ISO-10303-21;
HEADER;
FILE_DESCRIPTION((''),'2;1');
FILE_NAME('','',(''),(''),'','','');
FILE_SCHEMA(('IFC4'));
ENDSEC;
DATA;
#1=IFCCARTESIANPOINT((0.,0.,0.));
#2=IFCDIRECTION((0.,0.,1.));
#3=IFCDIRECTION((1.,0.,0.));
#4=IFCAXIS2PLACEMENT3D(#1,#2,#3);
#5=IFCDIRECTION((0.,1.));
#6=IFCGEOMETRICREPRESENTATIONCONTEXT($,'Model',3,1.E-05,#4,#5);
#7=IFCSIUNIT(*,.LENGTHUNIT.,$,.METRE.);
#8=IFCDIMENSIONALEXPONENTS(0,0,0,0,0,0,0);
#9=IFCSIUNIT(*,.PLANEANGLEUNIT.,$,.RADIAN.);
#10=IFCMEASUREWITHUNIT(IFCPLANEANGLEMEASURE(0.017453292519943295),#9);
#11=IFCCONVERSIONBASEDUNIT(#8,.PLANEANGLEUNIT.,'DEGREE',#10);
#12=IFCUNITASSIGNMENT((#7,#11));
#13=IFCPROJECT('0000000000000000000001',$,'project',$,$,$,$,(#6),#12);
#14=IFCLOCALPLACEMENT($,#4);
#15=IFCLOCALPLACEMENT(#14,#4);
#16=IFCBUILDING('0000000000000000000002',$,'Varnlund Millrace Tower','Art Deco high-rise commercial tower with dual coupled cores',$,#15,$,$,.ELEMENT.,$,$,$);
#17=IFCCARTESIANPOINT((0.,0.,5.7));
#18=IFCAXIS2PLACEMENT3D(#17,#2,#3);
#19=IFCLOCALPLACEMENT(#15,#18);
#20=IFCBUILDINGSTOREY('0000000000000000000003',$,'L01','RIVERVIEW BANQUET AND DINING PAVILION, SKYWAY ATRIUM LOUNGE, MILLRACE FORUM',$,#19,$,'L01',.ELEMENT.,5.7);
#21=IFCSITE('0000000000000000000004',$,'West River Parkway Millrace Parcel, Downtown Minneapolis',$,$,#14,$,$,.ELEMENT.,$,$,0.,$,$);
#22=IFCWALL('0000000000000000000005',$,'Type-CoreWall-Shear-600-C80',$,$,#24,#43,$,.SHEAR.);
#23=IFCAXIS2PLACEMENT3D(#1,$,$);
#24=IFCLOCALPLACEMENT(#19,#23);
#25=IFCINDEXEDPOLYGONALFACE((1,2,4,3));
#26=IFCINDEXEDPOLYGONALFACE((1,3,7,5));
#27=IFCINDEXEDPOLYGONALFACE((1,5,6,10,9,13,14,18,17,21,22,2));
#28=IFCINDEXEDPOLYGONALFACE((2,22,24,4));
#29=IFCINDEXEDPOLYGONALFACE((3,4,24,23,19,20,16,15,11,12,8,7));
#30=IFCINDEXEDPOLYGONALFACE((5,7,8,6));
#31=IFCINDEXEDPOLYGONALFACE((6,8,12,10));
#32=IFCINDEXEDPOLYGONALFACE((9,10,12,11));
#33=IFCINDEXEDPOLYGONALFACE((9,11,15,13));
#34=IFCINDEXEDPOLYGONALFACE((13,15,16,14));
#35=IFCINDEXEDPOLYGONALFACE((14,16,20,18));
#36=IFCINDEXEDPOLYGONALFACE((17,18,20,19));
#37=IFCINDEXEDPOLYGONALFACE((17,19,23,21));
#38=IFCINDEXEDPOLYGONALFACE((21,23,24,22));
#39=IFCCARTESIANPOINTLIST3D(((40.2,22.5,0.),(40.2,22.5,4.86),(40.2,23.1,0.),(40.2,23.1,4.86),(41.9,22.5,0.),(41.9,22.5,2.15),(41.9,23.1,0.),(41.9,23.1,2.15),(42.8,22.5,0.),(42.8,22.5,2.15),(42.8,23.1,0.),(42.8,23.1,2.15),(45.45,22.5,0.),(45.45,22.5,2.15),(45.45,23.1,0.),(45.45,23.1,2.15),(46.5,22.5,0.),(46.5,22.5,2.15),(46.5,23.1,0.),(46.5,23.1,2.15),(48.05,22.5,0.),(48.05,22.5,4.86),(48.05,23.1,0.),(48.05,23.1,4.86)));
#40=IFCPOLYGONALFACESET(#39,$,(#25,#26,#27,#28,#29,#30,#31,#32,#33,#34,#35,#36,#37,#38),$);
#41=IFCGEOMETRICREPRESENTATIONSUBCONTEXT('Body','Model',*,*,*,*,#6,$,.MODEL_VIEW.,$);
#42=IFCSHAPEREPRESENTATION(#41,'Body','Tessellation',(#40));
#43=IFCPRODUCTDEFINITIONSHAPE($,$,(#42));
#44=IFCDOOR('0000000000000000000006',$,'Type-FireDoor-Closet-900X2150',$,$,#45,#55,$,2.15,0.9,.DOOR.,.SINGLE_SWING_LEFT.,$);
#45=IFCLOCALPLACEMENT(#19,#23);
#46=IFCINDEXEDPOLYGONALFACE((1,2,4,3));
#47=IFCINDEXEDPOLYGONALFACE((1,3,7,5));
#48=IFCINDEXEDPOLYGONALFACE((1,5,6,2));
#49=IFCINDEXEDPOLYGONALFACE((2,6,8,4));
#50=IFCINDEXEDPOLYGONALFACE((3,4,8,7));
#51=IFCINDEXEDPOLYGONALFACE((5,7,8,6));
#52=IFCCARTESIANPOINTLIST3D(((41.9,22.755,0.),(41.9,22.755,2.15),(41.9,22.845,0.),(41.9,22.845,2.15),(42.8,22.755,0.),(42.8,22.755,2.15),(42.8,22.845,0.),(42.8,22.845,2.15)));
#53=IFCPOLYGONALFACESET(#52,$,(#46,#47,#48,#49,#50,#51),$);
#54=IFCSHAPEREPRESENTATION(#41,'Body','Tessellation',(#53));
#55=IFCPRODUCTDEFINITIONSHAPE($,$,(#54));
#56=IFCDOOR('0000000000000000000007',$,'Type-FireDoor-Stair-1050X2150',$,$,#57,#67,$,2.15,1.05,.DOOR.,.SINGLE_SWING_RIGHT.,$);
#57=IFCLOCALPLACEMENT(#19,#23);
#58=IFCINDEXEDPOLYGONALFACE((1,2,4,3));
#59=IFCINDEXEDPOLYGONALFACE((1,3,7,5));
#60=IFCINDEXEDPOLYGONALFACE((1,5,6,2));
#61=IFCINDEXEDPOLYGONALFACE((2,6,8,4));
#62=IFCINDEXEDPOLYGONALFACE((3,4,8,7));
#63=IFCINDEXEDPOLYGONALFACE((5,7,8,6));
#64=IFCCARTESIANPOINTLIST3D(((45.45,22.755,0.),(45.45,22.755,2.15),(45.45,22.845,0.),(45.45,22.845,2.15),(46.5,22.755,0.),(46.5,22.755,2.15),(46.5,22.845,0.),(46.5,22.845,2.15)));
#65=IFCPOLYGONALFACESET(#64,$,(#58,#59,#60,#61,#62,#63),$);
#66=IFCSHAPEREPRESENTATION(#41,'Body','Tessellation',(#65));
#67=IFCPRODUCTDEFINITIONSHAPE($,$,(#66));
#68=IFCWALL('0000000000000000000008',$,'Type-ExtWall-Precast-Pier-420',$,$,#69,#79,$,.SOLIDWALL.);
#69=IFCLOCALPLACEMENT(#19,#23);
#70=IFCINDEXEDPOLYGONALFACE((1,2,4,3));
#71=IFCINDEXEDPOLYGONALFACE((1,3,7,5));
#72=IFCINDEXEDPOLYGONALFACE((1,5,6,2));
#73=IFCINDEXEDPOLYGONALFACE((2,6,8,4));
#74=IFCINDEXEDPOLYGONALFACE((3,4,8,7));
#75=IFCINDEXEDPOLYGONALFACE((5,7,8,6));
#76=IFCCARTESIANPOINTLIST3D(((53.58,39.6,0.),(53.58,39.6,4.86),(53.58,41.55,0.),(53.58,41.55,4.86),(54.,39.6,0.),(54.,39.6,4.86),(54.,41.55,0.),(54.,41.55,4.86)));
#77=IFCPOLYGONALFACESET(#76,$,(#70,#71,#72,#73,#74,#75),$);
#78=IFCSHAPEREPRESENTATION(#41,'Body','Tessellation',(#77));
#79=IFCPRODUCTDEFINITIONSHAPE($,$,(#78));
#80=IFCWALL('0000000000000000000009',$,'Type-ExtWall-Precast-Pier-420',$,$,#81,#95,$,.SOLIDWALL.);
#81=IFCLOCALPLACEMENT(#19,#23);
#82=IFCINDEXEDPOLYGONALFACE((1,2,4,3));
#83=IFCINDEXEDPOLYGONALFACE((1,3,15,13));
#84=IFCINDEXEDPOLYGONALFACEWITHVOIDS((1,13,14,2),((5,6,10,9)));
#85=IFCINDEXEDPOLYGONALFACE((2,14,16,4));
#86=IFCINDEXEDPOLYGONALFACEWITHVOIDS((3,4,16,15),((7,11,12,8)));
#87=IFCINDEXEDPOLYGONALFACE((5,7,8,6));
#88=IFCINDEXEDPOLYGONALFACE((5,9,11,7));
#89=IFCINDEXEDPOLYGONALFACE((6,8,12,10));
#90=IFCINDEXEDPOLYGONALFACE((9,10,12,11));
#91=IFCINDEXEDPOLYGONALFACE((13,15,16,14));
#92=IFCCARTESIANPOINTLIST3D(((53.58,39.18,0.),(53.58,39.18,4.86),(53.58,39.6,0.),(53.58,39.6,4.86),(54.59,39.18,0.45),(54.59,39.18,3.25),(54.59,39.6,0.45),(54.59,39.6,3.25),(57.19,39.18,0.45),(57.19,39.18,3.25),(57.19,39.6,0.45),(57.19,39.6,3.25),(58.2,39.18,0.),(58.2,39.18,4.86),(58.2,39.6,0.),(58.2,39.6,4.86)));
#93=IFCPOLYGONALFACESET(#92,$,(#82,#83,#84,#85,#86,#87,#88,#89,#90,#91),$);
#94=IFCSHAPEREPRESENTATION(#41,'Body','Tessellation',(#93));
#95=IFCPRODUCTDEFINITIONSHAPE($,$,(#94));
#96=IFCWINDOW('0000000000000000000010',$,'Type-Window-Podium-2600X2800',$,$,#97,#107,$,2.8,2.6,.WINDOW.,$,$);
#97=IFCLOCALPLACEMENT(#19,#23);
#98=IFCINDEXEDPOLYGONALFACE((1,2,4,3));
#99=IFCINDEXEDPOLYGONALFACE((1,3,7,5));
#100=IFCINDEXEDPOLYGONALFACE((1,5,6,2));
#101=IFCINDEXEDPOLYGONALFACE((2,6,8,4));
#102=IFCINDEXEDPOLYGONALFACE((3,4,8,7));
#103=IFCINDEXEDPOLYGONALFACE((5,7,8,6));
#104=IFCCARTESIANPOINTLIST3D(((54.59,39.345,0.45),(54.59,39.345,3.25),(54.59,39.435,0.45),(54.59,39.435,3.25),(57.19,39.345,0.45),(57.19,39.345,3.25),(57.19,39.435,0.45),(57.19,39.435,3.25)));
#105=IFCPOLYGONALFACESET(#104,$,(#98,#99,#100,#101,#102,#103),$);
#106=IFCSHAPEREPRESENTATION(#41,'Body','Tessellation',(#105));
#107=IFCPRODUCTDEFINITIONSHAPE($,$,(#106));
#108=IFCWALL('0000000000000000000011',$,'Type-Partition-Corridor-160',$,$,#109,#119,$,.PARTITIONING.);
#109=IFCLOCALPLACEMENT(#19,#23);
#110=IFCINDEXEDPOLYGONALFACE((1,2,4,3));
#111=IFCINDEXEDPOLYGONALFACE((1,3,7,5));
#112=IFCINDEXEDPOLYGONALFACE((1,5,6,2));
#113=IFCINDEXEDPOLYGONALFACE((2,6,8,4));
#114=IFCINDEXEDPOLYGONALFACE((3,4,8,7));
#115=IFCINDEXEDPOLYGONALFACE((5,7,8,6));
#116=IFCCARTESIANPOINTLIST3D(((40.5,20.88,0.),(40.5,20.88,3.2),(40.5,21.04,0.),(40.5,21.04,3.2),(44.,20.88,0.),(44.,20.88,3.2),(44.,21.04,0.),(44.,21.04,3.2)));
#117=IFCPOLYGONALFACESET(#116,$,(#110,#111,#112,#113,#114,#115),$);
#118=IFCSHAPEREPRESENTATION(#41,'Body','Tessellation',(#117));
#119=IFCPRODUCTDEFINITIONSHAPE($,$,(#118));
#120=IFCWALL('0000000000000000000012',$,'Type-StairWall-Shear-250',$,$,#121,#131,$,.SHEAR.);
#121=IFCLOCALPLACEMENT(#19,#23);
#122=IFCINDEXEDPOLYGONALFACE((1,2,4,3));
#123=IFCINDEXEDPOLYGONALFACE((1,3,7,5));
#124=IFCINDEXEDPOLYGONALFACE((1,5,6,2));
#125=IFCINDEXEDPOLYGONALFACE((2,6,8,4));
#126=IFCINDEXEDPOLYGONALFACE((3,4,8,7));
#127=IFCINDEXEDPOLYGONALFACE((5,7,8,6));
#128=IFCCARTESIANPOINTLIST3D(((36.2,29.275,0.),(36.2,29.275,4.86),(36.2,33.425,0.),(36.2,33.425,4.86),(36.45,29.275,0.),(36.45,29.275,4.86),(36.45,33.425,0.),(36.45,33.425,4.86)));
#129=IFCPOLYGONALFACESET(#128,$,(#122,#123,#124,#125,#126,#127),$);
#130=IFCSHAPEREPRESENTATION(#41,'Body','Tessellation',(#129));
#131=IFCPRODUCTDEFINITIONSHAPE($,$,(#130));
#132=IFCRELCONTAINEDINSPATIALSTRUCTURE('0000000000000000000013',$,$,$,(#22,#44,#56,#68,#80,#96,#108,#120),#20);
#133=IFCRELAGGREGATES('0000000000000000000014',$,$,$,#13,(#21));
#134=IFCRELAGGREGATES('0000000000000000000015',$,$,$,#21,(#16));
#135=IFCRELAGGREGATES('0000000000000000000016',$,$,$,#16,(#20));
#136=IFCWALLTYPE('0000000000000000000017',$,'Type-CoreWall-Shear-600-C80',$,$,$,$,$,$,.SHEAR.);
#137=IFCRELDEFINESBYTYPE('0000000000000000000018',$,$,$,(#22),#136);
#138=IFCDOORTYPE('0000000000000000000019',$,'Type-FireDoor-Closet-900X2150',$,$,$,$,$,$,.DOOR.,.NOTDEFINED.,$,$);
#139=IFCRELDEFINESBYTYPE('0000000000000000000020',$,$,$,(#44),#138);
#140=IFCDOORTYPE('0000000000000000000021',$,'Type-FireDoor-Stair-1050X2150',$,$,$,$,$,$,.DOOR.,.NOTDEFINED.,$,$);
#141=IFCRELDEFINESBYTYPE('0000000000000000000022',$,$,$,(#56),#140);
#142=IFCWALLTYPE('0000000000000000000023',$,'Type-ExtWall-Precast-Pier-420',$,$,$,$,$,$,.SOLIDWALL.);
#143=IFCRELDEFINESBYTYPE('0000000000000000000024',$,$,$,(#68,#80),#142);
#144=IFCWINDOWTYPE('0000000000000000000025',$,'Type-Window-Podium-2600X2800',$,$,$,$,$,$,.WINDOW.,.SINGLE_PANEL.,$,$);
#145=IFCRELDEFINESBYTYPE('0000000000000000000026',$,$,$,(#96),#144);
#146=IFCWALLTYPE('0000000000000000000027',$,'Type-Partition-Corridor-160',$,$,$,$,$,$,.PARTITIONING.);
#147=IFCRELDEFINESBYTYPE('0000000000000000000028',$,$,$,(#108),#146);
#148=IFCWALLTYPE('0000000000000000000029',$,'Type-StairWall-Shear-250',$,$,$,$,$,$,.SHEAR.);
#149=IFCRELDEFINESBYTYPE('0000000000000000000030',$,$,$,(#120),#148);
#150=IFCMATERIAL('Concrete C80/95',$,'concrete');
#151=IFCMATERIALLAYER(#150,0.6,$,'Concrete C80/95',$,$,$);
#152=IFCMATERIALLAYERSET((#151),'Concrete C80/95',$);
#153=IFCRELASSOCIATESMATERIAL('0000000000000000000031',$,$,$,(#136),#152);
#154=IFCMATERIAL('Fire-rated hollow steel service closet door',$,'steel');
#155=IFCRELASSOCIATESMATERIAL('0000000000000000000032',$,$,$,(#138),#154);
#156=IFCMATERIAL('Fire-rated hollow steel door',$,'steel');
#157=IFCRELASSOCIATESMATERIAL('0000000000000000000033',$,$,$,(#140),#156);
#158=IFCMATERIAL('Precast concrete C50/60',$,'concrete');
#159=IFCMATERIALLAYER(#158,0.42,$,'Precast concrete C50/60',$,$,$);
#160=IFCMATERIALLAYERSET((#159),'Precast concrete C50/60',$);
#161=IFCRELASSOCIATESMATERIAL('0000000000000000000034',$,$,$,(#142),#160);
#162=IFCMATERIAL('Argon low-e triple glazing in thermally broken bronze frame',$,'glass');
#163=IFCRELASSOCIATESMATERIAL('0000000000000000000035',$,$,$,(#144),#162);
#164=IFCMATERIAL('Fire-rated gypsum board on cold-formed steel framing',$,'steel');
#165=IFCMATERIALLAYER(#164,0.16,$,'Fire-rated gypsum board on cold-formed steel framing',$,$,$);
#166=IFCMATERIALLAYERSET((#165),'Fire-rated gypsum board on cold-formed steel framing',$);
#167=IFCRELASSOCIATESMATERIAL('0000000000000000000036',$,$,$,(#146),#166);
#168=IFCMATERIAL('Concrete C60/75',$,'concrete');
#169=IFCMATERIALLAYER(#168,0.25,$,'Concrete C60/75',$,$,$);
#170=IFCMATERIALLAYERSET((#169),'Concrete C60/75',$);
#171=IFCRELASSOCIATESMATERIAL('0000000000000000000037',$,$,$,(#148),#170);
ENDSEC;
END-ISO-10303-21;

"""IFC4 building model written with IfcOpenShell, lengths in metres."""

from ifc_helpers import new_model, entity, si_unit, converted_unit, direction, frame, origin_with_axes, origin_2d_with_axis, place, context, subcontext, project, spatial, polyline, rectangle, outline, extrude, material, layer, layer_set, type_object, element, fill, save


model = new_model("IFC4")

# Units and contexts
model_context = context("Model", 3, precision=1e-05, world=origin_with_axes(), true_north=direction((0.0, 1.0)))
body_context = subcontext(model_context, "Body", "Model", "MODEL_VIEW")
ifc_project = project(units=[si_unit("LENGTHUNIT", "METRE"), converted_unit("PLANEANGLEUNIT", "DEGREE", entity("IfcPlaneAngleMeasure", 0.017453292519943295), si_unit("PLANEANGLEUNIT", "RADIAN"), dimensions=[0, 0, 0, 0, 0, 0, 0])], contexts=[model_context])

# Site, building, storey
site_placement = place(None, origin_with_axes())
site = spatial("IfcSite", under=ifc_project, at=site_placement, Name="West River Parkway Millrace Parcel, Downtown Minneapolis", CompositionType="ELEMENT", RefElevation=0.0)
building_placement = place(site_placement, origin_with_axes())
building = spatial("IfcBuilding", under=site, at=building_placement, Name="Varnlund Millrace Tower", Description="Art Deco high-rise commercial tower with dual coupled cores", CompositionType="ELEMENT")
storey_placement = place(building_placement, frame((0.0, 0.0, 5.7), z_axis=(0.0, 0.0, 1.0), x_axis=(1.0, 0.0, 0.0)))
storey = spatial("IfcBuildingStorey", under=building, at=storey_placement, Name="L01", Description="RIVERVIEW BANQUET AND DINING PAVILION, SKYWAY ATRIUM LOUNGE, MILLRACE FORUM", LongName="L01", CompositionType="ELEMENT", Elevation=5.7)

# Shared definitions
ifc_material_1 = material(Name="Concrete C80/95", Category="concrete")

# Wall, openings, doors
ifc_layer_1 = layer(ifc_material_1, 0.6, Name="Concrete C80/95")
ifc_layer_set_1 = layer_set([ifc_layer_1], Name="Concrete C80/95")
wall_type_1 = type_object("IfcWallType", Name="Type-CoreWall-Shear-600-C80", PredefinedType="SHEAR", material=ifc_layer_set_1)
wall_1_placement = place(storey_placement, frame((40.2, 22.8, 0.0), z_axis=(0.0, 0.0, 1.0), x_axis=(1.0, 0.0, 0.0)))
wall_1 = element("IfcWall", 1, at=wall_1_placement, inside=storey, type_object=wall_type_1, Name="Type-CoreWall-Shear-600-C80", PredefinedType="SHEAR", context=body_context, shape_type="SweptSolid", body=[
    extrude(outline(polyline([(0.0, -0.3), (7.85, -0.3), (7.85, 0.3), (0.0, 0.3), (0.0, -0.3)])), origin_with_axes(), (0.0, 0.0, 1.0), 4.86),
])
opening_1_placement = place(wall_1_placement, frame((5.775, 0.0, 0.0), z_axis=(0.0, 0.0, 1.0), x_axis=(1.0, 0.0, 0.0)))
opening_1 = element("IfcOpeningElement", 2, at=opening_1_placement, cuts=wall_1, PredefinedType="OPENING", context=body_context, shape_type="SweptSolid", body=[
    extrude(rectangle(XDim=1.05, YDim=0.62, at=origin_2d_with_axis()), origin_with_axes(), (0.0, 0.0, 1.0), 2.15),
])
opening_2_placement = place(wall_1_placement, frame((2.15, 0.0, 0.0), z_axis=(0.0, 0.0, 1.0), x_axis=(1.0, 0.0, 0.0)))
opening_2 = element("IfcOpeningElement", 3, at=opening_2_placement, cuts=wall_1, PredefinedType="OPENING", context=body_context, shape_type="SweptSolid", body=[
    extrude(rectangle(XDim=0.9, YDim=0.62, at=origin_2d_with_axis()), origin_with_axes(), (0.0, 0.0, 1.0), 2.15),
])
ifc_material_2 = material(Name="Fire-rated hollow steel service closet door", Category="steel")
door_type_1 = type_object("IfcDoorType", Name="Type-FireDoor-Closet-900X2150", OperationType="NOTDEFINED", PredefinedType="DOOR", material=ifc_material_2)
door_1_placement = place(wall_1_placement, frame((2.15, 0.0, 0.0), z_axis=(0.0, 0.0, 1.0), x_axis=(1.0, 0.0, 0.0)))
door_1 = element("IfcDoor", 4, at=door_1_placement, inside=storey, type_object=door_type_1, Name="Type-FireDoor-Closet-900X2150", OperationType="SINGLE_SWING_LEFT", OverallHeight=2.15, OverallWidth=0.9, PredefinedType="DOOR", context=body_context, shape_type="SweptSolid", body=[
    extrude(rectangle(XDim=0.9, YDim=0.09, at=origin_2d_with_axis()), origin_with_axes(), (0.0, 0.0, 1.0), 2.15),
])
fill(opening_2, door_1)
ifc_material_3 = material(Name="Fire-rated hollow steel door", Category="steel")
door_type_2 = type_object("IfcDoorType", Name="Type-FireDoor-Stair-1050X2150", OperationType="NOTDEFINED", PredefinedType="DOOR", material=ifc_material_3)
door_2_placement = place(wall_1_placement, frame((5.775, 0.0, 0.0), z_axis=(0.0, 0.0, 1.0), x_axis=(1.0, 0.0, 0.0)))
door_2 = element("IfcDoor", 5, at=door_2_placement, inside=storey, type_object=door_type_2, Name="Type-FireDoor-Stair-1050X2150", OperationType="SINGLE_SWING_RIGHT", OverallHeight=2.15, OverallWidth=1.05, PredefinedType="DOOR", context=body_context, shape_type="SweptSolid", body=[
    extrude(rectangle(XDim=1.05, YDim=0.09, at=origin_2d_with_axis()), origin_with_axes(), (0.0, 0.0, 1.0), 2.15),
])
fill(opening_1, door_2)

# Wall
ifc_material_4 = material(Name="Precast concrete C50/60", Category="concrete")
ifc_layer_2 = layer(ifc_material_4, 0.42, Name="Precast concrete C50/60")
ifc_layer_set_2 = layer_set([ifc_layer_2], Name="Precast concrete C50/60")
wall_type_2 = type_object("IfcWallType", Name="Type-ExtWall-Precast-Pier-420", PredefinedType="SOLIDWALL", material=ifc_layer_set_2)
wall_2_placement = place(storey_placement, frame((53.79, 41.55, 0.0), z_axis=(0.0, 0.0, 1.0), x_axis=(0.0, -1.0, 0.0)))
element("IfcWall", 6, at=wall_2_placement, inside=storey, type_object=wall_type_2, Name="Type-ExtWall-Precast-Pier-420", PredefinedType="SOLIDWALL", context=body_context, shape_type="SweptSolid", body=[
    extrude(outline(polyline([(0.0, -0.21), (1.95, -0.21), (1.95, 0.21), (0.0, 0.21), (0.0, -0.21)])), origin_with_axes(), (0.0, 0.0, 1.0), 4.86),
])

# Wall, opening, window
wall_3_placement = place(storey_placement, frame((53.58, 39.39, 0.0), z_axis=(0.0, 0.0, 1.0), x_axis=(1.0, 0.0, 0.0)))
wall_3 = element("IfcWall", 7, at=wall_3_placement, inside=storey, type_object=wall_type_2, Name="Type-ExtWall-Precast-Pier-420", PredefinedType="SOLIDWALL", context=body_context, shape_type="SweptSolid", body=[
    extrude(outline(polyline([(0.0, -0.21), (4.62, -0.21), (4.62, 0.21), (0.0, 0.21), (0.0, -0.21)])), origin_with_axes(), (0.0, 0.0, 1.0), 4.86),
])
opening_3_placement = place(wall_3_placement, frame((2.31, 0.0, 0.45), z_axis=(0.0, 0.0, 1.0), x_axis=(1.0, 0.0, 0.0)))
opening_3 = element("IfcOpeningElement", 8, at=opening_3_placement, cuts=wall_3, PredefinedType="OPENING", context=body_context, shape_type="SweptSolid", body=[
    extrude(rectangle(XDim=2.6, YDim=0.44, at=origin_2d_with_axis()), origin_with_axes(), (0.0, 0.0, 1.0), 2.8),
])
ifc_material_5 = material(Name="Argon low-e triple glazing in thermally broken bronze frame", Category="glass")
window_type = type_object("IfcWindowType", Name="Type-Window-Podium-2600X2800", PartitioningType="SINGLE_PANEL", PredefinedType="WINDOW", material=ifc_material_5)
window_placement = place(wall_3_placement, frame((2.31, 0.0, 0.45), z_axis=(0.0, 0.0, 1.0), x_axis=(1.0, 0.0, 0.0)))
window = element("IfcWindow", 9, at=window_placement, inside=storey, type_object=window_type, Name="Type-Window-Podium-2600X2800", OverallHeight=2.8, OverallWidth=2.6, PredefinedType="WINDOW", context=body_context, shape_type="SweptSolid", body=[
    extrude(rectangle(XDim=2.6, YDim=0.09, at=origin_2d_with_axis()), origin_with_axes(), (0.0, 0.0, 1.0), 2.8),
])
fill(opening_3, window)

# Walls
ifc_material_6 = material(Name="Fire-rated gypsum board on cold-formed steel framing", Category="steel")
ifc_layer_3 = layer(ifc_material_6, 0.16, Name="Fire-rated gypsum board on cold-formed steel framing")
ifc_layer_set_3 = layer_set([ifc_layer_3], Name="Fire-rated gypsum board on cold-formed steel framing")
wall_type_3 = type_object("IfcWallType", Name="Type-Partition-Corridor-160", PredefinedType="PARTITIONING", material=ifc_layer_set_3)
wall_4_placement = place(storey_placement, frame((40.5, 20.96, 0.0), z_axis=(0.0, 0.0, 1.0), x_axis=(1.0, 0.0, 0.0)))
element("IfcWall", 10, at=wall_4_placement, inside=storey, type_object=wall_type_3, Name="Type-Partition-Corridor-160", PredefinedType="PARTITIONING", context=body_context, shape_type="SweptSolid", body=[
    extrude(outline(polyline([(0.0, -0.08), (3.5, -0.08), (3.5, 0.08), (0.0, 0.08), (0.0, -0.08)])), origin_with_axes(), (0.0, 0.0, 1.0), 3.2),
])
ifc_material_7 = material(Name="Concrete C60/75", Category="concrete")
ifc_layer_4 = layer(ifc_material_7, 0.25, Name="Concrete C60/75")
ifc_layer_set_4 = layer_set([ifc_layer_4], Name="Concrete C60/75")
wall_type_4 = type_object("IfcWallType", Name="Type-StairWall-Shear-250", PredefinedType="SHEAR", material=ifc_layer_set_4)
wall_5_placement = place(storey_placement, frame((36.325, 29.275, 0.0), z_axis=(0.0, 0.0, 1.0), x_axis=(0.0, 1.0, 0.0)))
element("IfcWall", 11, at=wall_5_placement, inside=storey, type_object=wall_type_4, Name="Type-StairWall-Shear-250", PredefinedType="SHEAR", context=body_context, shape_type="SweptSolid", body=[
    extrude(outline(polyline([(0.0, -0.125), (4.15, -0.125), (4.15, 0.125), (0.0, 0.125), (0.0, -0.125)])), origin_with_axes(), (0.0, 0.0, 1.0), 4.86),
])

save(model, "model.ifc")
